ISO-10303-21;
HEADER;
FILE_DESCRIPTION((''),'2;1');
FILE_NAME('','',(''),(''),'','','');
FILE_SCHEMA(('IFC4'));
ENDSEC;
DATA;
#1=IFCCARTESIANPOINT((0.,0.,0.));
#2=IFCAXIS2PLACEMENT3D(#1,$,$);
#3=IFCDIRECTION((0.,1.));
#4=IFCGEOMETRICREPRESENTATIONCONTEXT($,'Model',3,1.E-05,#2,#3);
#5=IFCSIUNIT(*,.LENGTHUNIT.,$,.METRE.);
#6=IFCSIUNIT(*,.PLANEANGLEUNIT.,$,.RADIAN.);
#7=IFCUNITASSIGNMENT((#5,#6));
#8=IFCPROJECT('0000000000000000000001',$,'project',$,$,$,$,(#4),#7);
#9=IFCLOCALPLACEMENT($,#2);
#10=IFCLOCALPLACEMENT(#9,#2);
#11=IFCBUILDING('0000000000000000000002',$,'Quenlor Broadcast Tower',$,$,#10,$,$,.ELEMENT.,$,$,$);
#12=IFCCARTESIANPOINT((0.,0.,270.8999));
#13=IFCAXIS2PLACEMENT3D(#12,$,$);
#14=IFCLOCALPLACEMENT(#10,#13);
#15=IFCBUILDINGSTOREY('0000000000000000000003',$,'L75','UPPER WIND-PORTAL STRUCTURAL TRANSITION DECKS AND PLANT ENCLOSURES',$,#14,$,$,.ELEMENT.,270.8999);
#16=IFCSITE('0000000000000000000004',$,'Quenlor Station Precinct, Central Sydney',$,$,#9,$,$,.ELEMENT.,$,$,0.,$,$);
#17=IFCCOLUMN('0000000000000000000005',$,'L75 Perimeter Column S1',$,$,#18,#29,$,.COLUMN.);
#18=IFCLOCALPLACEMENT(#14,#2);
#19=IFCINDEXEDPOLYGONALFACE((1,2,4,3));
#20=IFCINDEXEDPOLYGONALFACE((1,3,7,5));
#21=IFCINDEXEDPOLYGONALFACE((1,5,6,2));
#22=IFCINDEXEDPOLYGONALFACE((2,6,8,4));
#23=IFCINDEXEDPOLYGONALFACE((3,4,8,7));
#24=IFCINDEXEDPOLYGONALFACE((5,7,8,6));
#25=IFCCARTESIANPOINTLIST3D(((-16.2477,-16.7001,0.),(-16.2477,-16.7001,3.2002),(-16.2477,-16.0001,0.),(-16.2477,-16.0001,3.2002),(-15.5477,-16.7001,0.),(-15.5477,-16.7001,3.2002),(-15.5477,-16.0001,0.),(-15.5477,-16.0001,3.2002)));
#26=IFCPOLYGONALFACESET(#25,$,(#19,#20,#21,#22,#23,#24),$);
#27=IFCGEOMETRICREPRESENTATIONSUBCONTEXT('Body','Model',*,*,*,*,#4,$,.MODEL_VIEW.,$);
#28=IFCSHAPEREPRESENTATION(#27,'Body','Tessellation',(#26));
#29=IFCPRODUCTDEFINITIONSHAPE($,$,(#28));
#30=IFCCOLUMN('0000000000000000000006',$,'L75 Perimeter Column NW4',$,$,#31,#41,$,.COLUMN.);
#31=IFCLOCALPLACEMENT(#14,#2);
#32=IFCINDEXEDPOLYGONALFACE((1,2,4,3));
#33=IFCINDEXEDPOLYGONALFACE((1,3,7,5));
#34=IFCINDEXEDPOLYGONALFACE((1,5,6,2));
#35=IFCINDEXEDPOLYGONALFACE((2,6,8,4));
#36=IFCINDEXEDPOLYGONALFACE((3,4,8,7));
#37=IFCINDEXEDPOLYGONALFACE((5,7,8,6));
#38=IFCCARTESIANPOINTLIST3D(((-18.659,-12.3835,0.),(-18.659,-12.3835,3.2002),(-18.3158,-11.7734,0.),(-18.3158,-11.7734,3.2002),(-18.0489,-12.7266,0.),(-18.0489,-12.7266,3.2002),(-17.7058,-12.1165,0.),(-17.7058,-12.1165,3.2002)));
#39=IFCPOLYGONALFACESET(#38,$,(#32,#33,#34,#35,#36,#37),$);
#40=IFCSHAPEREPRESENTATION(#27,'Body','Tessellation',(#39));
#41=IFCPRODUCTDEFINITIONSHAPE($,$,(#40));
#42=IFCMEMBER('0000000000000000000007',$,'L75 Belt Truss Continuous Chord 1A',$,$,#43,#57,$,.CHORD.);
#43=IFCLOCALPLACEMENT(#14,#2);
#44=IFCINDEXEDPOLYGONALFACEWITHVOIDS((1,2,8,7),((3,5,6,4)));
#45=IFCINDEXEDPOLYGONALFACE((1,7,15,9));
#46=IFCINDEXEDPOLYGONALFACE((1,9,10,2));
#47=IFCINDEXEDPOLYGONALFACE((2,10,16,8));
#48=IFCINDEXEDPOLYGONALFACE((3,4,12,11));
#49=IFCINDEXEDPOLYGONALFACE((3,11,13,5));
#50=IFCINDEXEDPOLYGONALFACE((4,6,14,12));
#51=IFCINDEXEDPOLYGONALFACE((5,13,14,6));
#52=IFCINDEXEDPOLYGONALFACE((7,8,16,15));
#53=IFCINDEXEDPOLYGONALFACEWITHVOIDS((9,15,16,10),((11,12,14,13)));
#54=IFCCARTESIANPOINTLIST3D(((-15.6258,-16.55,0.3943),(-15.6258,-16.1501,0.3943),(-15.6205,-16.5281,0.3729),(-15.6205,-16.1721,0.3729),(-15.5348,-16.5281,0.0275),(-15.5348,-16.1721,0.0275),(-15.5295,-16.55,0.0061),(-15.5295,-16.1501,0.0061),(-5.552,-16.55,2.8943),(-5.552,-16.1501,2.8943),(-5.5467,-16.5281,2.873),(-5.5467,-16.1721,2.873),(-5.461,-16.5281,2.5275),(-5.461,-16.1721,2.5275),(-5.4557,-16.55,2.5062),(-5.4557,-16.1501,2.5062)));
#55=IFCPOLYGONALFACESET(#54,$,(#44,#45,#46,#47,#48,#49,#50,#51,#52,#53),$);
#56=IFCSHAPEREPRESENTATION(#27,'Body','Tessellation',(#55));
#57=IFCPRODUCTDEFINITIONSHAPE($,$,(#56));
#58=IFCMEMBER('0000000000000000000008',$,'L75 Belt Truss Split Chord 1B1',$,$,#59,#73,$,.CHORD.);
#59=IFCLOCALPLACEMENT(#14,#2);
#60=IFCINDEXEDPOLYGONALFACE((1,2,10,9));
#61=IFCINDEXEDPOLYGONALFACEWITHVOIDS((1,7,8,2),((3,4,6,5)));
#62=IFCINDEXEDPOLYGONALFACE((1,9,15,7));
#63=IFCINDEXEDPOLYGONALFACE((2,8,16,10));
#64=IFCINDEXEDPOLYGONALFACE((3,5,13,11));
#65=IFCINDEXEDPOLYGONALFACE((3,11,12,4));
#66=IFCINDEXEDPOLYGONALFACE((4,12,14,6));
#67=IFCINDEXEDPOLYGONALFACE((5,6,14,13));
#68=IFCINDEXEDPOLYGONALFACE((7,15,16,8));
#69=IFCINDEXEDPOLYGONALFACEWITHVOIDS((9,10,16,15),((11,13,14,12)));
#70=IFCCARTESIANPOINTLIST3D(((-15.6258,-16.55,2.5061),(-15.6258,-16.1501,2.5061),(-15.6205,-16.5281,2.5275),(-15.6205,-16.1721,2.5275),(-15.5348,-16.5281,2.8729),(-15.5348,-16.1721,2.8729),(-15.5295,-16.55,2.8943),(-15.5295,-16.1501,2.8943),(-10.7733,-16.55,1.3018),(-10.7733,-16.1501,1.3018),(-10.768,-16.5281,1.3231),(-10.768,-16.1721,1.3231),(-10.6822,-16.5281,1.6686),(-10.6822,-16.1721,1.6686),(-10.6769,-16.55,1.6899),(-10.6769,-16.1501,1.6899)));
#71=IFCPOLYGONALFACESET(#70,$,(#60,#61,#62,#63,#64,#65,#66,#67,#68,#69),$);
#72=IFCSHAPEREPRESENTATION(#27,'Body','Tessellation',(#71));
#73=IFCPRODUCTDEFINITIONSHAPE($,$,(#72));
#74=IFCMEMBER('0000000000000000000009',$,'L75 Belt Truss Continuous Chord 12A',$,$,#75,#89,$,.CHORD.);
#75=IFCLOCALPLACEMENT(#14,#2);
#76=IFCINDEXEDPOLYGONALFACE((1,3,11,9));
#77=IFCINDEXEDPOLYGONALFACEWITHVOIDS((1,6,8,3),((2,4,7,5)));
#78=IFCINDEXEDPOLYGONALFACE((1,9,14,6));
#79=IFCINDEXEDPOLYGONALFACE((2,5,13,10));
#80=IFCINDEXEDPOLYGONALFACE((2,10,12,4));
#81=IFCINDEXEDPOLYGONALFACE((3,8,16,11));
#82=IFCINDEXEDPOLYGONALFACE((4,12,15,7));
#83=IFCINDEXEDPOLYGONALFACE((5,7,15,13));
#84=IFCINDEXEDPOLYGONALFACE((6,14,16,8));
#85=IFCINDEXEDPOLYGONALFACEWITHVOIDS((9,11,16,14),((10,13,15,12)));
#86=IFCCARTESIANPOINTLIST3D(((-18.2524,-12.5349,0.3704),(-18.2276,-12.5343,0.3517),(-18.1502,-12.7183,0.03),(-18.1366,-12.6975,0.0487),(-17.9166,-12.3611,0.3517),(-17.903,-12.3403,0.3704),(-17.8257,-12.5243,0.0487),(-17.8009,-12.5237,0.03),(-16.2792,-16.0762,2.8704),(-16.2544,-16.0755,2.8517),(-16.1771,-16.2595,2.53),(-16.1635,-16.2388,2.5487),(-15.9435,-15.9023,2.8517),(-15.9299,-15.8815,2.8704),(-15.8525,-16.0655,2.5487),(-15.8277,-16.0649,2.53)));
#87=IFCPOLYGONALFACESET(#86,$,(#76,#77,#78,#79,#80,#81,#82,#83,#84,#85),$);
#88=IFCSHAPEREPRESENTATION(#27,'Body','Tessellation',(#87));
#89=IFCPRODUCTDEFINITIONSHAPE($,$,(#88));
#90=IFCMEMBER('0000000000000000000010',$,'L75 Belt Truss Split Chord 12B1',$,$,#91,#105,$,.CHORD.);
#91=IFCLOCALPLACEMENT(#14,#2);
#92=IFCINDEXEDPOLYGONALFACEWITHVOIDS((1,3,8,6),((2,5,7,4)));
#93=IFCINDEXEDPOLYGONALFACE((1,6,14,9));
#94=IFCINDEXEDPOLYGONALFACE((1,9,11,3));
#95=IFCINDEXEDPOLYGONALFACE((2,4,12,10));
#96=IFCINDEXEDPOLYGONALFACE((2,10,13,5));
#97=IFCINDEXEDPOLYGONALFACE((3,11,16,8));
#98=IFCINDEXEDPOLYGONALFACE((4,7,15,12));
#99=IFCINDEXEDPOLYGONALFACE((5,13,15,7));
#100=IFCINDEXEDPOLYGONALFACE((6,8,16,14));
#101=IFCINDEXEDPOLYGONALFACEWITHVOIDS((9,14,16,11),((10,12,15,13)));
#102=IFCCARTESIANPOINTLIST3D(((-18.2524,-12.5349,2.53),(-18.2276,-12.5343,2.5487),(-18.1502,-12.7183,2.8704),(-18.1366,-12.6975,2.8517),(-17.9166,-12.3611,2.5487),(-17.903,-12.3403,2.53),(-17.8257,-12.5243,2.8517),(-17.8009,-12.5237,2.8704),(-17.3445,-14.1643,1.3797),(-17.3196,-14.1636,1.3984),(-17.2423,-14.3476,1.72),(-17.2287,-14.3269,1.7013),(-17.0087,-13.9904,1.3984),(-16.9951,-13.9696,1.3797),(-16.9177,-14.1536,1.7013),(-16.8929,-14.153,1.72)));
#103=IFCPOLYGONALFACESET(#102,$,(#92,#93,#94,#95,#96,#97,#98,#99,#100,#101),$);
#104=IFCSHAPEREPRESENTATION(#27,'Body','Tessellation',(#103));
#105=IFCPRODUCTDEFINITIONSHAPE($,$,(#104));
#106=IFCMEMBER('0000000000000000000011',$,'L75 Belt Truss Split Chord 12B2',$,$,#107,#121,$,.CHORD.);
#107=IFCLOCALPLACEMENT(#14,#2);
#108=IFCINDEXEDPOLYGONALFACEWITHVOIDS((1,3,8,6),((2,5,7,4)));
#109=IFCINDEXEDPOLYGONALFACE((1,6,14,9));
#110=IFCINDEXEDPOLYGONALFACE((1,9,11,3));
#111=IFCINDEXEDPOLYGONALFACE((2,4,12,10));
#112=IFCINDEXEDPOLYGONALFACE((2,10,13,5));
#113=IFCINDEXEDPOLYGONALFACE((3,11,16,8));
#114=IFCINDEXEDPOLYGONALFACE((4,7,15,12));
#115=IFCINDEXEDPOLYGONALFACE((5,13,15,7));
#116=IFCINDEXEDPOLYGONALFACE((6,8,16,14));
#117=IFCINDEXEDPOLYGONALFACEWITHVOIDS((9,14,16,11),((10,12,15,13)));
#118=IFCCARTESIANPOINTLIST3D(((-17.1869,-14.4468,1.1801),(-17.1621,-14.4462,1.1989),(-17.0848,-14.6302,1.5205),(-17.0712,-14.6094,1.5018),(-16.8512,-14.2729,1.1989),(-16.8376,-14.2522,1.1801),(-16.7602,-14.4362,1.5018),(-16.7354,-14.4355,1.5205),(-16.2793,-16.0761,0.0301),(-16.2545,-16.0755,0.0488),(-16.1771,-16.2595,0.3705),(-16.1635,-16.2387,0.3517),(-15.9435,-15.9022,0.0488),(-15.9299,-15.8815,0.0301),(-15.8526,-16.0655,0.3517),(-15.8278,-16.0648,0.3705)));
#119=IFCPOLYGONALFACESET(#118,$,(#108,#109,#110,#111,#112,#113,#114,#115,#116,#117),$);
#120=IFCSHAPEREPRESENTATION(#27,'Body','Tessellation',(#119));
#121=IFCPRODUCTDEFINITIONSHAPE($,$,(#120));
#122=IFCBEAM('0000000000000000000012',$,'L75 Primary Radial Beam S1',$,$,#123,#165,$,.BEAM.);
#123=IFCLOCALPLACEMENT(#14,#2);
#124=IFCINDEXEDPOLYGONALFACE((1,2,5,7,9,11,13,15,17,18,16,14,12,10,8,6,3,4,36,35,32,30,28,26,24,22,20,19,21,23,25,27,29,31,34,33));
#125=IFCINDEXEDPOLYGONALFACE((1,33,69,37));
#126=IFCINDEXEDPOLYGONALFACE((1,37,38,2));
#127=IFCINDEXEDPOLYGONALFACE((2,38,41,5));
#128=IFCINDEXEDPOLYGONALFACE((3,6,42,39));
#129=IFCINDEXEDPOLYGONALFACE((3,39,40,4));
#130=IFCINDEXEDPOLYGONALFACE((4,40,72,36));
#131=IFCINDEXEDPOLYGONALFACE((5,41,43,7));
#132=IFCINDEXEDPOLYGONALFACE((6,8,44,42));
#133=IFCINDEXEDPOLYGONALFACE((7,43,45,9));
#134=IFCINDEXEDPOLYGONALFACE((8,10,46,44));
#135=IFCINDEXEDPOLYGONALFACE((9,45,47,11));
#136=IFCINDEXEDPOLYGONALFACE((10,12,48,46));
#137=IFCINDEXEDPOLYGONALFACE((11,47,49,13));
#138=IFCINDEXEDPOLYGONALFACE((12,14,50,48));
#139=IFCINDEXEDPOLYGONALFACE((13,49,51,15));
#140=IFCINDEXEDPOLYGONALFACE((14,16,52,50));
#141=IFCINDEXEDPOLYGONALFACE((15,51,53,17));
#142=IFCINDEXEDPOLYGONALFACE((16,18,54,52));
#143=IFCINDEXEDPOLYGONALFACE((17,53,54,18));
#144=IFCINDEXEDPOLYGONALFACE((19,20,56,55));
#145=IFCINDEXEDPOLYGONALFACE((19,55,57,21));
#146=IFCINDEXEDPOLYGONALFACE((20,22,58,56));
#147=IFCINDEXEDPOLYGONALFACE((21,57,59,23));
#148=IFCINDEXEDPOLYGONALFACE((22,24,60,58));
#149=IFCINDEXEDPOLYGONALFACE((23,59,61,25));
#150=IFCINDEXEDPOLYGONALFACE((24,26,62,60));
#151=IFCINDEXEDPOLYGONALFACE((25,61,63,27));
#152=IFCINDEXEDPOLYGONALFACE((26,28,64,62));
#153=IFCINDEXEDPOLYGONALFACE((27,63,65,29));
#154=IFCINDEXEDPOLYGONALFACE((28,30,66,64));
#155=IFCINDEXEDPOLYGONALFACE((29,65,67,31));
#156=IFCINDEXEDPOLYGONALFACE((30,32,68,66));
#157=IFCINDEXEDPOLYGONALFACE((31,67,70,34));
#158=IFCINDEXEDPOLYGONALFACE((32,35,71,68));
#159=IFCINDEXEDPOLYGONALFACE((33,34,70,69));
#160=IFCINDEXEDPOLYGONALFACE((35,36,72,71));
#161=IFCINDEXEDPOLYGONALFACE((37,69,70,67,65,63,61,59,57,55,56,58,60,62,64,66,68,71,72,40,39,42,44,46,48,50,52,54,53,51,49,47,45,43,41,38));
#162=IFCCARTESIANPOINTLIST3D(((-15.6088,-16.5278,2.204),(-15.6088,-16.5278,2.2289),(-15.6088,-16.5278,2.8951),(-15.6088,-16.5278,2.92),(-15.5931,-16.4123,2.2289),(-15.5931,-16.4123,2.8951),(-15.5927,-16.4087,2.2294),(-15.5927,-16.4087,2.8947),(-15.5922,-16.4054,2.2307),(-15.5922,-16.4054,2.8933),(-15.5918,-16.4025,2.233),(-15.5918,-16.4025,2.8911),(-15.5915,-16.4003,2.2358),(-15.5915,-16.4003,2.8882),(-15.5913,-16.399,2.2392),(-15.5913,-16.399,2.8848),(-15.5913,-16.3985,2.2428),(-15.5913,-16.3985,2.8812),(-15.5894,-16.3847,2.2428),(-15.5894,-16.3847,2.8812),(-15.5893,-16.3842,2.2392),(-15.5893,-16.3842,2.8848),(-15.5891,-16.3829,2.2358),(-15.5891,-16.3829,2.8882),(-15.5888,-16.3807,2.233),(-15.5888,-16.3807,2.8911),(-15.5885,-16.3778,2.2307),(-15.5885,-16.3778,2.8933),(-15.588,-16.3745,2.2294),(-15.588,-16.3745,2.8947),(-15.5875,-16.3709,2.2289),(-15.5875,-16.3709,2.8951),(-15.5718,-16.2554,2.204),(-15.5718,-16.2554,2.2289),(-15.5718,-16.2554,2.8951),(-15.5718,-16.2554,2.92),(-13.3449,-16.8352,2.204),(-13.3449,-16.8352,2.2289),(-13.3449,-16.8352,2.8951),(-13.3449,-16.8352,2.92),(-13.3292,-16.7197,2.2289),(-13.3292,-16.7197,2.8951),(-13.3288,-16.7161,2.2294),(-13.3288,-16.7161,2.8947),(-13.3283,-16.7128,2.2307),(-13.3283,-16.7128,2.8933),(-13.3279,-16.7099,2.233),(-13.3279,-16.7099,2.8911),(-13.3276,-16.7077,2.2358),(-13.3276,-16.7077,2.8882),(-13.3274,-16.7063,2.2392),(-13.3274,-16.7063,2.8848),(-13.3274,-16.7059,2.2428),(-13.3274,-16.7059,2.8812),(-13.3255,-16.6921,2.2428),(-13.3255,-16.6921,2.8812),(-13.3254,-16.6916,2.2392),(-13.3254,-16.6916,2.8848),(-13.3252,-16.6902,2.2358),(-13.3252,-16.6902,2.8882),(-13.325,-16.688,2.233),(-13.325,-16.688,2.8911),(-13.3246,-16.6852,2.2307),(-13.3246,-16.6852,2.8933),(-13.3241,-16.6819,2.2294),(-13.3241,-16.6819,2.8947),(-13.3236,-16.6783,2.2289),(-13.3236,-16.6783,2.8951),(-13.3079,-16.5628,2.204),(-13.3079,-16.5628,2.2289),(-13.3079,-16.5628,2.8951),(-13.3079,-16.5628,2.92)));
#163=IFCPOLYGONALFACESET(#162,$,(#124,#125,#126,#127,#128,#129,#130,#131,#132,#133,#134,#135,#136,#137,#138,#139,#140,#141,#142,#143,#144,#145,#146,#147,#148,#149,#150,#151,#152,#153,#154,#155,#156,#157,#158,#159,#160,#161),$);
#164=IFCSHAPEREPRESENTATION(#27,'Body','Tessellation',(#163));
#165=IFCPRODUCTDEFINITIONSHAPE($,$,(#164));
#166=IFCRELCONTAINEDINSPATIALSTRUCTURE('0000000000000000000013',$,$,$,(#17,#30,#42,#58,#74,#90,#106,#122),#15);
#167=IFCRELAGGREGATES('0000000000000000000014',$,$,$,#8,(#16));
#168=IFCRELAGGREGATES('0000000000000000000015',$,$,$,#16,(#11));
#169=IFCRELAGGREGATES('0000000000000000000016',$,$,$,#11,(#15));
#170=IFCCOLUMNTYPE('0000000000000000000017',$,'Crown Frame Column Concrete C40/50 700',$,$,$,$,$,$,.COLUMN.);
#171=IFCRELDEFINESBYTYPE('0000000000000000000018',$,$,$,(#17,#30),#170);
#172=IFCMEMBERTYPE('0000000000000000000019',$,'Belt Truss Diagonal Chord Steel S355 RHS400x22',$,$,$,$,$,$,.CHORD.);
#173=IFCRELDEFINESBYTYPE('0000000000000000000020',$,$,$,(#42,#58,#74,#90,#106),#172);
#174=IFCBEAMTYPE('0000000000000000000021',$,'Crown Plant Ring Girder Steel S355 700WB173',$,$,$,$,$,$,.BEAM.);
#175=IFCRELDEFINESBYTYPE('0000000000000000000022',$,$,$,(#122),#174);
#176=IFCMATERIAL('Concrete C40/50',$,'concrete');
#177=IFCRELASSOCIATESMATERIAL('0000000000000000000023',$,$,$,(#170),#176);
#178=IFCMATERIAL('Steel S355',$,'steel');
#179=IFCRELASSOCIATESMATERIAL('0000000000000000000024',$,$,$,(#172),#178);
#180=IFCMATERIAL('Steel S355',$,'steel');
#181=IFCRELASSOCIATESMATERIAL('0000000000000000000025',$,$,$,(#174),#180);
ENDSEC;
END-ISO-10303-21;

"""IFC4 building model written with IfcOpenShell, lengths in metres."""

from ifc_helpers import new_model, si_unit, direction, frame, origin, origin_2d, place, context, subcontext, project, spatial, rectangle, hollow_rectangle, i_section, extrude, material, material_profile, profile_set, type_object, element, save


model = new_model("IFC4")

# Units and contexts
model_context = context("Model", 3, precision=1e-05, world=origin(), true_north=direction((0.0, 1.0)))
body_context = subcontext(model_context, "Body", "Model", "MODEL_VIEW")
ifc_project = project(units=[si_unit("LENGTHUNIT", "METRE"), si_unit("PLANEANGLEUNIT", "RADIAN")], contexts=[model_context])

# Site, building, storey
site_placement = place(None, origin())
site = spatial("IfcSite", under=ifc_project, at=site_placement, Name="Quenlor Station Precinct, Central Sydney", CompositionType="ELEMENT", RefElevation=0.0)
building_placement = place(site_placement, origin())
building = spatial("IfcBuilding", under=site, at=building_placement, Name="Quenlor Broadcast Tower", CompositionType="ELEMENT")
storey_placement = place(building_placement, frame((0.0, 0.0, 270.8999)))
storey = spatial("IfcBuildingStorey", under=building, at=storey_placement, Name="L75", Description="UPPER WIND-PORTAL STRUCTURAL TRANSITION DECKS AND PLANT ENCLOSURES", CompositionType="ELEMENT", Elevation=270.8999)

# Columns
ifc_material_1 = material(Name="Concrete C40/50", Category="concrete")
ifc_material_profile_1 = material_profile(ifc_material_1, rectangle(XDim=0.7, YDim=0.7, at=origin_2d()))
ifc_profile_set_1 = profile_set([ifc_material_profile_1], Name="Concrete C40/50 RC700x700")
column_type = type_object("IfcColumnType", Name="Crown Frame Column Concrete C40/50 700", PredefinedType="COLUMN", material=ifc_profile_set_1)
for number, where, z_axis, x_axis, name in (
    (1, (-15.8977, -16.3501, 0.0), (0.0, 0.0, 1.0), (0.0, 1.0, 0.0), "L75 Perimeter Column S1"),
    (2, (-18.1824, -12.25, 0.0), (0.0, 0.0, 1.0), (-0.871575, 0.490262, 0.0), "L75 Perimeter Column NW4"),
):
    element("IfcColumn", number, at=place(storey_placement, frame(where, z_axis=z_axis, x_axis=x_axis)), inside=storey, type_object=column_type, Name=name, PredefinedType="COLUMN", context=body_context, shape_type="SweptSolid", body=[
        extrude(rectangle(XDim=0.7, YDim=0.7, at=origin_2d()), origin(), (0.0, 0.0, 1.0), 3.2002),
    ])

# Members
ifc_material_2 = material(Name="Steel S355", Category="steel")
ifc_material_profile_2 = material_profile(ifc_material_2, hollow_rectangle(XDim=0.3999, YDim=0.3999, WallThickness=0.022, at=origin_2d()))
ifc_profile_set_2 = profile_set([ifc_material_profile_2], Name="Steel S355 RHS400x400x22")
member_type_1 = type_object("IfcMemberType", Name="Belt Truss Diagonal Chord Steel S355 RHS400x22", PredefinedType="CHORD", material=ifc_profile_set_2)
member_1_placement = place(storey_placement, frame((-15.5776, -16.3501, 0.2002), z_axis=(0.970559, 0.0, 0.240864), x_axis=(0.0, 1.0, 0.0)))
element("IfcMember", 3, at=member_1_placement, inside=storey, type_object=member_type_1, Name="L75 Belt Truss Continuous Chord 1A", PredefinedType="CHORD", context=body_context, shape_type="SweptSolid", body=[
    extrude(hollow_rectangle(XDim=0.3999, YDim=0.3999, WallThickness=0.022, at=origin_2d()), origin(), (0.0, 0.0, 1.0), 10.3794),
])
member_2_placement = place(storey_placement, frame((-15.5776, -16.3501, 2.7002), z_axis=(0.970555, 0.0, -0.240881), x_axis=(0.0, 1.0, 0.0)))
element("IfcMember", 4, at=member_2_placement, inside=storey, type_object=member_type_1, Name="L75 Belt Truss Split Chord 1B1", PredefinedType="CHORD", context=body_context, shape_type="SweptSolid", body=[
    extrude(hollow_rectangle(XDim=0.3999, YDim=0.3999, WallThickness=0.022, at=origin_2d()), origin(), (0.0, 0.0, 1.0), 4.9998),
])
member_3_placement = place(storey_placement, frame((-18.0266, -12.5293, 0.2002), z_axis=(0.414287, -0.743532, 0.524906), x_axis=(0.873552, 0.486732, 0.0)))
element("IfcMember", 5, at=member_3_placement, inside=storey, type_object=member_type_1, Name="L75 Belt Truss Continuous Chord 12A", PredefinedType="CHORD", context=body_context, shape_type="SweptSolid", body=[
    extrude(hollow_rectangle(XDim=0.3999, YDim=0.3999, WallThickness=0.022, at=origin_2d()), origin(), (0.0, 0.0, 1.0), 4.7627),
])
member_4_placement = place(storey_placement, frame((-18.0266, -12.5293, 2.7002), z_axis=(0.414308, -0.743503, -0.524931), x_axis=(0.873533, 0.486765, 0.0)))
element("IfcMember", 6, at=member_4_placement, inside=storey, type_object=member_type_1, Name="L75 Belt Truss Split Chord 12B1", PredefinedType="CHORD", context=body_context, shape_type="SweptSolid", body=[
    extrude(hollow_rectangle(XDim=0.3999, YDim=0.3999, WallThickness=0.022, at=origin_2d()), origin(), (0.0, 0.0, 1.0), 2.1914),
])
member_5_placement = place(storey_placement, frame((-16.9612, -14.4412, 1.3503), z_axis=(0.414239, -0.743581, -0.524874), x_axis=(0.873589, 0.486665, 0.0)))
element("IfcMember", 7, at=member_5_placement, inside=storey, type_object=member_type_1, Name="L75 Belt Truss Split Chord 12B2", PredefinedType="CHORD", context=body_context, shape_type="SweptSolid", body=[
    extrude(hollow_rectangle(XDim=0.3999, YDim=0.3999, WallThickness=0.022, at=origin_2d()), origin(), (0.0, 0.0, 1.0), 2.1912),
])

# Beam
ifc_material_3 = material(Name="Steel S355", Category="steel")
ifc_material_profile_3 = material_profile(ifc_material_3, i_section(OverallWidth=0.2749, OverallDepth=0.7161, WebThickness=0.0139, FlangeThickness=0.0249, FilletRadius=0.0139, at=origin_2d()))
ifc_profile_set_3 = profile_set([ifc_material_profile_3], Name="Steel S355 700WB173")
beam_type_1 = type_object("IfcBeamType", Name="Crown Plant Ring Girder Steel S355 700WB173", PredefinedType="BEAM", material=ifc_profile_set_3)
beam_1_placement = place(storey_placement, frame((-15.5903, -16.3916, 2.562), z_axis=(0.990909, -0.134536, 0.0), x_axis=(0.134536, 0.990909, 0.0)))
element("IfcBeam", 8, at=beam_1_placement, inside=storey, type_object=beam_type_1, Name="L75 Primary Radial Beam S1", PredefinedType="BEAM", context=body_context, shape_type="SweptSolid", body=[
    extrude(i_section(OverallWidth=0.2749, OverallDepth=0.7161, WebThickness=0.0139, FlangeThickness=0.0249, FilletRadius=0.0139, at=origin_2d()), origin(), (0.0, 0.0, 1.0), 2.2847),
])

save(model, "model.ifc")
